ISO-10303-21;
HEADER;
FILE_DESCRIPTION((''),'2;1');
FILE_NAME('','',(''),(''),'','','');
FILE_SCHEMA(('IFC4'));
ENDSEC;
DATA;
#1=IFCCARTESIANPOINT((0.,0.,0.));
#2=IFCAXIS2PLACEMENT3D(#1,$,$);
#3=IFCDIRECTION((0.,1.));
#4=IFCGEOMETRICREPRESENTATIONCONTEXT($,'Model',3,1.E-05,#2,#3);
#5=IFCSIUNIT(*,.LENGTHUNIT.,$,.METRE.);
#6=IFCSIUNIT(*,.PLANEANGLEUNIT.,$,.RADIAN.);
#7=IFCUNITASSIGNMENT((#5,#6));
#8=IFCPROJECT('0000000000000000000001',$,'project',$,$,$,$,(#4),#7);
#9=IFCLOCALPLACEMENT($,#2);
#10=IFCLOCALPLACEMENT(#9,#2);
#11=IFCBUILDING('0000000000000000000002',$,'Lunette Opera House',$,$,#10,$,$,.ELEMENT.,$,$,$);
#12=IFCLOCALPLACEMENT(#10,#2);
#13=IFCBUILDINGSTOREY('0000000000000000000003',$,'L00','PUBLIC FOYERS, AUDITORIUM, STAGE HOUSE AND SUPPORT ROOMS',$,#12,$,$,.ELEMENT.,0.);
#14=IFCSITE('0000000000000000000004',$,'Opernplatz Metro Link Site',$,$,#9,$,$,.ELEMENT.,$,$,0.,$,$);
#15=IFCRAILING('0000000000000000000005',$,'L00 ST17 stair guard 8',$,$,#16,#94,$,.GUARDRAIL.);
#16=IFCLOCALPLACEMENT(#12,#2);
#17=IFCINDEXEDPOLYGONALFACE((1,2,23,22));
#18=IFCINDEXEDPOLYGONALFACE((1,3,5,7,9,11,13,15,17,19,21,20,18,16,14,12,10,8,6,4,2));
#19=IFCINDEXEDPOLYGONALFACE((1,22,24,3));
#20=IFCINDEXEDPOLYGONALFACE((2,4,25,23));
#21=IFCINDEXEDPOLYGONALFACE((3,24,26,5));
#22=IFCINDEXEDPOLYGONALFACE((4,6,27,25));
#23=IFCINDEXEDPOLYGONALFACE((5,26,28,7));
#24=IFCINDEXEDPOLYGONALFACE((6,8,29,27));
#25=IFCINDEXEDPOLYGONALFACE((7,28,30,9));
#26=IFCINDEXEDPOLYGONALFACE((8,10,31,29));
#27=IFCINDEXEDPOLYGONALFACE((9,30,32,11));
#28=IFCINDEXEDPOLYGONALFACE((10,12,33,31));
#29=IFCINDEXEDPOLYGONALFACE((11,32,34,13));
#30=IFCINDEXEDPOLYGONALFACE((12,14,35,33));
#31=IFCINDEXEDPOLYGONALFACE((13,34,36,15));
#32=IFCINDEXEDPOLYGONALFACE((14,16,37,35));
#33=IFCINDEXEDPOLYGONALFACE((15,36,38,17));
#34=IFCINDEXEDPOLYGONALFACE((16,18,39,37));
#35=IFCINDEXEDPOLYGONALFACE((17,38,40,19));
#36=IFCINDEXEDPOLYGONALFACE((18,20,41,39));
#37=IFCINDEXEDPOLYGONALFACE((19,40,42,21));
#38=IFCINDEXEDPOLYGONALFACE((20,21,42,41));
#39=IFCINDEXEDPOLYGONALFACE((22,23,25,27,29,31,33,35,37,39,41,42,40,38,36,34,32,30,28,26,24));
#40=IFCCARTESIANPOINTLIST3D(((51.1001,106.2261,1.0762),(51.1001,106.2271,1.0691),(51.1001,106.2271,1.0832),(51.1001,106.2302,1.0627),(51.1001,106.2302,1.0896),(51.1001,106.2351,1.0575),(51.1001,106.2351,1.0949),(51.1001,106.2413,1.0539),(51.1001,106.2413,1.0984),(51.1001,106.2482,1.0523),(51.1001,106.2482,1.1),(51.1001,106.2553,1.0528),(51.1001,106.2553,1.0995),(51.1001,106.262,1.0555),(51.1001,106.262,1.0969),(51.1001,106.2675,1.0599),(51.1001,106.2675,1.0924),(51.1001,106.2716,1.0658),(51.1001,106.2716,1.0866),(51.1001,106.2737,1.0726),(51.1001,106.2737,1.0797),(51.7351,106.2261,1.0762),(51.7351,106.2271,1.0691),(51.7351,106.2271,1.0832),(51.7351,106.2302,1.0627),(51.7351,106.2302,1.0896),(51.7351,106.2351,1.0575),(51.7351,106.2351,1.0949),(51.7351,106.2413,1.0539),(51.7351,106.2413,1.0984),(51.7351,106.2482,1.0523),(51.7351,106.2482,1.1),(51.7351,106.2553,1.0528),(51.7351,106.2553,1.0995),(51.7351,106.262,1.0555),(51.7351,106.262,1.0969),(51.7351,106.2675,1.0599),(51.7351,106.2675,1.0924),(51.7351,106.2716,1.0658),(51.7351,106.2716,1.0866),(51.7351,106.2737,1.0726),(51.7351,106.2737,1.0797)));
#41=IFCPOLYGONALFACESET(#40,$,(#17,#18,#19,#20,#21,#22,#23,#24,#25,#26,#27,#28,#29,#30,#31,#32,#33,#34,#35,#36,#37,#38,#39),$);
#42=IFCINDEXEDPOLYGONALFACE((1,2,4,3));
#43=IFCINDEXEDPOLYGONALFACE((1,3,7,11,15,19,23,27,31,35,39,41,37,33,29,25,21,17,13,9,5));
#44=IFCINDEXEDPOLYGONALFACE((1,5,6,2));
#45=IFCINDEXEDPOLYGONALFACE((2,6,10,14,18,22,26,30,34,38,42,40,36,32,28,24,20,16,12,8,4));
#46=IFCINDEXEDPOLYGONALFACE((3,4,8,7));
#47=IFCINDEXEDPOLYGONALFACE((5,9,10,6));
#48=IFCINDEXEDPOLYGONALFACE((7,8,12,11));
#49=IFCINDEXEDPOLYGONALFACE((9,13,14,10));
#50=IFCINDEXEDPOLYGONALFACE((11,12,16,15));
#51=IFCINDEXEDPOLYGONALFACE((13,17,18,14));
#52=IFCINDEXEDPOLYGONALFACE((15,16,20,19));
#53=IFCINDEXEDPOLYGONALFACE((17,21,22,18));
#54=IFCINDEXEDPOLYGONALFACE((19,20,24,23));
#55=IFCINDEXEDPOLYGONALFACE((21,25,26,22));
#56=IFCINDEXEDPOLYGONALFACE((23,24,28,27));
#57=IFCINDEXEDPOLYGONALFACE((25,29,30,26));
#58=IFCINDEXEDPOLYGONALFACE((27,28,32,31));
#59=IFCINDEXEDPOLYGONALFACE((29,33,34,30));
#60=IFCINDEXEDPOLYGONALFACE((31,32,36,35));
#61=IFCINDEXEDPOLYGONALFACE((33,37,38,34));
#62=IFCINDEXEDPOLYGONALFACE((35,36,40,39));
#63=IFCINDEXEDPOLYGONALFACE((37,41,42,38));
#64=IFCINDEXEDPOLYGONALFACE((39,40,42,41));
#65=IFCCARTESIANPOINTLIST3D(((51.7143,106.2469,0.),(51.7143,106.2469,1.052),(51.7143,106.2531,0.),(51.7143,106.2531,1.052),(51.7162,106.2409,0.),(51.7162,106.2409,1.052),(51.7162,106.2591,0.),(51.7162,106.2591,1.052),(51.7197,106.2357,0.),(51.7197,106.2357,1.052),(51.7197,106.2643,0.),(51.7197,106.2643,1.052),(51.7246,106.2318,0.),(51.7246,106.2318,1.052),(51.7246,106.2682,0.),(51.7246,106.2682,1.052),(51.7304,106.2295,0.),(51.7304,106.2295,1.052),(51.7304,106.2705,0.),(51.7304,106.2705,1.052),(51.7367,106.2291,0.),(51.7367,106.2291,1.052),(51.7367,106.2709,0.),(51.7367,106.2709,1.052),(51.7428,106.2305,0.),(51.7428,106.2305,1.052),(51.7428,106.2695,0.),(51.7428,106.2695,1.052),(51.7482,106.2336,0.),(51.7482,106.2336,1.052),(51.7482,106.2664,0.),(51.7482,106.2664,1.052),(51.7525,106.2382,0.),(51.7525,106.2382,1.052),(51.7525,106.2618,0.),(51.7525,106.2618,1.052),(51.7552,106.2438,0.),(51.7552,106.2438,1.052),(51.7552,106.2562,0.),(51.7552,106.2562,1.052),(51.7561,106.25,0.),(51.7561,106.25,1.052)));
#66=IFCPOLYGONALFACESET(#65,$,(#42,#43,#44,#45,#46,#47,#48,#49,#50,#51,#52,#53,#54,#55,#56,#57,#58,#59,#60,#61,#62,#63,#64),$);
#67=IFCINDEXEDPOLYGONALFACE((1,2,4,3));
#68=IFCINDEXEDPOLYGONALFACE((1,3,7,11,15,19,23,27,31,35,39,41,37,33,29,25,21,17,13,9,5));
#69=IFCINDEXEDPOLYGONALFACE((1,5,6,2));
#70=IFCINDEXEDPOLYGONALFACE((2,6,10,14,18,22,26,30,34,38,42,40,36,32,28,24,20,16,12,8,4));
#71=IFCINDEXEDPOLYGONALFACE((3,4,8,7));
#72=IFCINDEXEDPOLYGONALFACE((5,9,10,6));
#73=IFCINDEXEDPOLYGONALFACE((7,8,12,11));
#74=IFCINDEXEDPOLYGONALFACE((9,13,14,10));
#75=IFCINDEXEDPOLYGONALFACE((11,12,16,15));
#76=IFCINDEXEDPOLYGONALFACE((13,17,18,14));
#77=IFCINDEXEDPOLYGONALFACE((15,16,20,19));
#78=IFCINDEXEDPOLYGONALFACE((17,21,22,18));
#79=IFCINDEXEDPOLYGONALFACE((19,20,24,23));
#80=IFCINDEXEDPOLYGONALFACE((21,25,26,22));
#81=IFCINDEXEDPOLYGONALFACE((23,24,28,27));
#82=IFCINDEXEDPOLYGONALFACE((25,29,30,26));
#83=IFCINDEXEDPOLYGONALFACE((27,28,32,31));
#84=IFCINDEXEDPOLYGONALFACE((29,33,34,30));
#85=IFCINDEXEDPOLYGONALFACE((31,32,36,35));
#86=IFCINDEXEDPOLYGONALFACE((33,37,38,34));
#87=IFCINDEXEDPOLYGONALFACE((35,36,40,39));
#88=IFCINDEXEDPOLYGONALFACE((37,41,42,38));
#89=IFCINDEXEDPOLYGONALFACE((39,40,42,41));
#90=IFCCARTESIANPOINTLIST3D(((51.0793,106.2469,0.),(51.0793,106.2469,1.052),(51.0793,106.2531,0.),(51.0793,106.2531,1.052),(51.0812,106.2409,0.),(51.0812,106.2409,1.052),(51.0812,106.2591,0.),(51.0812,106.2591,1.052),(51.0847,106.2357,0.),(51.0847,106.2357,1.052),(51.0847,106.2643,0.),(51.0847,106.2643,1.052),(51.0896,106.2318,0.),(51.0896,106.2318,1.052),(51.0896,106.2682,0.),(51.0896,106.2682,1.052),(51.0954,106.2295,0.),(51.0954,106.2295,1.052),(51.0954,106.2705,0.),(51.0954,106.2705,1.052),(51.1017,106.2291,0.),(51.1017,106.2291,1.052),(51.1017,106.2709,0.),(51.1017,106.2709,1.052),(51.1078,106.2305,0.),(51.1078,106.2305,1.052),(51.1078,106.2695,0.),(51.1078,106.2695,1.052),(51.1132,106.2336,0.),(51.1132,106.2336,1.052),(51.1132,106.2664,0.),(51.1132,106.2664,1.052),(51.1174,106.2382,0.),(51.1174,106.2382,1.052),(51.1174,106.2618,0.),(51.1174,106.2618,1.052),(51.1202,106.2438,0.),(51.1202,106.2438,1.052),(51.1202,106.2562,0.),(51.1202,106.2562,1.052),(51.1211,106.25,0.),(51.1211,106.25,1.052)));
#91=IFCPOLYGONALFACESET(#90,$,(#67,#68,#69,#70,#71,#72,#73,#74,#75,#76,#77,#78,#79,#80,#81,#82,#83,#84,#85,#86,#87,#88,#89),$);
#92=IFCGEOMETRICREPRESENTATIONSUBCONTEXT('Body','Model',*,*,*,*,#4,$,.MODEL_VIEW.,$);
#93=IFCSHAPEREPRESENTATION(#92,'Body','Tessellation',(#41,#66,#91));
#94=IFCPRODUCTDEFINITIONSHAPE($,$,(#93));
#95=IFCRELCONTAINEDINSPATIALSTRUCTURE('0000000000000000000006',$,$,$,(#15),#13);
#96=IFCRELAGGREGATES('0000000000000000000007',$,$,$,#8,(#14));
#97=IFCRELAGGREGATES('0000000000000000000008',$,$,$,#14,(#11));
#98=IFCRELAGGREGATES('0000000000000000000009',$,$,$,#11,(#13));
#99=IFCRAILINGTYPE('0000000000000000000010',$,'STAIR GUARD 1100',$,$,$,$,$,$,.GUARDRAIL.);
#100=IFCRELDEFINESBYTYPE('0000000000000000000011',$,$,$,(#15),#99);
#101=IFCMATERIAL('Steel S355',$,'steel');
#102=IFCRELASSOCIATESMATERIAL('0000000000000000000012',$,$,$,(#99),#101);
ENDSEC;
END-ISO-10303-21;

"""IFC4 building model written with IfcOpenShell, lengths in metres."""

from ifc_helpers import new_model, si_unit, direction, frame, origin, origin_2d, place, context, subcontext, project, spatial, circle, extrude, material, type_object, element, save


model = new_model("IFC4")

# Units and contexts
model_context = context("Model", 3, precision=1e-05, world=origin(), true_north=direction((0.0, 1.0)))
body_context = subcontext(model_context, "Body", "Model", "MODEL_VIEW")
ifc_project = project(units=[si_unit("LENGTHUNIT", "METRE"), si_unit("PLANEANGLEUNIT", "RADIAN")], contexts=[model_context])

# Site, building, storey
site_placement = place(None, origin())
site = spatial("IfcSite", under=ifc_project, at=site_placement, Name="Opernplatz Metro Link Site", CompositionType="ELEMENT", RefElevation=0.0)
building_placement = place(site_placement, origin())
building = spatial("IfcBuilding", under=site, at=building_placement, Name="Lunette Opera House", CompositionType="ELEMENT")
storey_placement = place(building_placement, origin())
storey = spatial("IfcBuildingStorey", under=building, at=storey_placement, Name="L00", Description="PUBLIC FOYERS, AUDITORIUM, STAGE HOUSE AND SUPPORT ROOMS", CompositionType="ELEMENT", Elevation=0.0)

# Railing
ifc_material_1 = material(Name="Steel S355", Category="steel")
railing_type_1 = type_object("IfcRailingType", Name="STAIR GUARD 1100", PredefinedType="GUARDRAIL", material=ifc_material_1)
railing_1_placement = place(storey_placement, frame((51.7351, 106.25, 0.0)))
element("IfcRailing", 1, at=railing_1_placement, inside=storey, type_object=railing_type_1, Name="L00 ST17 stair guard 8", PredefinedType="GUARDRAIL", context=body_context, shape_type="SweptSolid", body=[
    extrude(circle(Radius=0.0239, at=origin_2d()), frame((0.0, 0.0, 1.0762), z_axis=(-1.0, 0.0, 0.0), x_axis=(0.0, -1.0, 0.0)), (0.0, 0.0, 1.0), 0.635),
    extrude(circle(Radius=0.021, at=origin_2d()), origin(), (0.0, 0.0, 1.0), 1.052),
    extrude(circle(Radius=0.021, at=origin_2d()), frame((-0.635, 0.0, 0.0)), (0.0, 0.0, 1.0), 1.052),
])

save(model, "model.ifc")
